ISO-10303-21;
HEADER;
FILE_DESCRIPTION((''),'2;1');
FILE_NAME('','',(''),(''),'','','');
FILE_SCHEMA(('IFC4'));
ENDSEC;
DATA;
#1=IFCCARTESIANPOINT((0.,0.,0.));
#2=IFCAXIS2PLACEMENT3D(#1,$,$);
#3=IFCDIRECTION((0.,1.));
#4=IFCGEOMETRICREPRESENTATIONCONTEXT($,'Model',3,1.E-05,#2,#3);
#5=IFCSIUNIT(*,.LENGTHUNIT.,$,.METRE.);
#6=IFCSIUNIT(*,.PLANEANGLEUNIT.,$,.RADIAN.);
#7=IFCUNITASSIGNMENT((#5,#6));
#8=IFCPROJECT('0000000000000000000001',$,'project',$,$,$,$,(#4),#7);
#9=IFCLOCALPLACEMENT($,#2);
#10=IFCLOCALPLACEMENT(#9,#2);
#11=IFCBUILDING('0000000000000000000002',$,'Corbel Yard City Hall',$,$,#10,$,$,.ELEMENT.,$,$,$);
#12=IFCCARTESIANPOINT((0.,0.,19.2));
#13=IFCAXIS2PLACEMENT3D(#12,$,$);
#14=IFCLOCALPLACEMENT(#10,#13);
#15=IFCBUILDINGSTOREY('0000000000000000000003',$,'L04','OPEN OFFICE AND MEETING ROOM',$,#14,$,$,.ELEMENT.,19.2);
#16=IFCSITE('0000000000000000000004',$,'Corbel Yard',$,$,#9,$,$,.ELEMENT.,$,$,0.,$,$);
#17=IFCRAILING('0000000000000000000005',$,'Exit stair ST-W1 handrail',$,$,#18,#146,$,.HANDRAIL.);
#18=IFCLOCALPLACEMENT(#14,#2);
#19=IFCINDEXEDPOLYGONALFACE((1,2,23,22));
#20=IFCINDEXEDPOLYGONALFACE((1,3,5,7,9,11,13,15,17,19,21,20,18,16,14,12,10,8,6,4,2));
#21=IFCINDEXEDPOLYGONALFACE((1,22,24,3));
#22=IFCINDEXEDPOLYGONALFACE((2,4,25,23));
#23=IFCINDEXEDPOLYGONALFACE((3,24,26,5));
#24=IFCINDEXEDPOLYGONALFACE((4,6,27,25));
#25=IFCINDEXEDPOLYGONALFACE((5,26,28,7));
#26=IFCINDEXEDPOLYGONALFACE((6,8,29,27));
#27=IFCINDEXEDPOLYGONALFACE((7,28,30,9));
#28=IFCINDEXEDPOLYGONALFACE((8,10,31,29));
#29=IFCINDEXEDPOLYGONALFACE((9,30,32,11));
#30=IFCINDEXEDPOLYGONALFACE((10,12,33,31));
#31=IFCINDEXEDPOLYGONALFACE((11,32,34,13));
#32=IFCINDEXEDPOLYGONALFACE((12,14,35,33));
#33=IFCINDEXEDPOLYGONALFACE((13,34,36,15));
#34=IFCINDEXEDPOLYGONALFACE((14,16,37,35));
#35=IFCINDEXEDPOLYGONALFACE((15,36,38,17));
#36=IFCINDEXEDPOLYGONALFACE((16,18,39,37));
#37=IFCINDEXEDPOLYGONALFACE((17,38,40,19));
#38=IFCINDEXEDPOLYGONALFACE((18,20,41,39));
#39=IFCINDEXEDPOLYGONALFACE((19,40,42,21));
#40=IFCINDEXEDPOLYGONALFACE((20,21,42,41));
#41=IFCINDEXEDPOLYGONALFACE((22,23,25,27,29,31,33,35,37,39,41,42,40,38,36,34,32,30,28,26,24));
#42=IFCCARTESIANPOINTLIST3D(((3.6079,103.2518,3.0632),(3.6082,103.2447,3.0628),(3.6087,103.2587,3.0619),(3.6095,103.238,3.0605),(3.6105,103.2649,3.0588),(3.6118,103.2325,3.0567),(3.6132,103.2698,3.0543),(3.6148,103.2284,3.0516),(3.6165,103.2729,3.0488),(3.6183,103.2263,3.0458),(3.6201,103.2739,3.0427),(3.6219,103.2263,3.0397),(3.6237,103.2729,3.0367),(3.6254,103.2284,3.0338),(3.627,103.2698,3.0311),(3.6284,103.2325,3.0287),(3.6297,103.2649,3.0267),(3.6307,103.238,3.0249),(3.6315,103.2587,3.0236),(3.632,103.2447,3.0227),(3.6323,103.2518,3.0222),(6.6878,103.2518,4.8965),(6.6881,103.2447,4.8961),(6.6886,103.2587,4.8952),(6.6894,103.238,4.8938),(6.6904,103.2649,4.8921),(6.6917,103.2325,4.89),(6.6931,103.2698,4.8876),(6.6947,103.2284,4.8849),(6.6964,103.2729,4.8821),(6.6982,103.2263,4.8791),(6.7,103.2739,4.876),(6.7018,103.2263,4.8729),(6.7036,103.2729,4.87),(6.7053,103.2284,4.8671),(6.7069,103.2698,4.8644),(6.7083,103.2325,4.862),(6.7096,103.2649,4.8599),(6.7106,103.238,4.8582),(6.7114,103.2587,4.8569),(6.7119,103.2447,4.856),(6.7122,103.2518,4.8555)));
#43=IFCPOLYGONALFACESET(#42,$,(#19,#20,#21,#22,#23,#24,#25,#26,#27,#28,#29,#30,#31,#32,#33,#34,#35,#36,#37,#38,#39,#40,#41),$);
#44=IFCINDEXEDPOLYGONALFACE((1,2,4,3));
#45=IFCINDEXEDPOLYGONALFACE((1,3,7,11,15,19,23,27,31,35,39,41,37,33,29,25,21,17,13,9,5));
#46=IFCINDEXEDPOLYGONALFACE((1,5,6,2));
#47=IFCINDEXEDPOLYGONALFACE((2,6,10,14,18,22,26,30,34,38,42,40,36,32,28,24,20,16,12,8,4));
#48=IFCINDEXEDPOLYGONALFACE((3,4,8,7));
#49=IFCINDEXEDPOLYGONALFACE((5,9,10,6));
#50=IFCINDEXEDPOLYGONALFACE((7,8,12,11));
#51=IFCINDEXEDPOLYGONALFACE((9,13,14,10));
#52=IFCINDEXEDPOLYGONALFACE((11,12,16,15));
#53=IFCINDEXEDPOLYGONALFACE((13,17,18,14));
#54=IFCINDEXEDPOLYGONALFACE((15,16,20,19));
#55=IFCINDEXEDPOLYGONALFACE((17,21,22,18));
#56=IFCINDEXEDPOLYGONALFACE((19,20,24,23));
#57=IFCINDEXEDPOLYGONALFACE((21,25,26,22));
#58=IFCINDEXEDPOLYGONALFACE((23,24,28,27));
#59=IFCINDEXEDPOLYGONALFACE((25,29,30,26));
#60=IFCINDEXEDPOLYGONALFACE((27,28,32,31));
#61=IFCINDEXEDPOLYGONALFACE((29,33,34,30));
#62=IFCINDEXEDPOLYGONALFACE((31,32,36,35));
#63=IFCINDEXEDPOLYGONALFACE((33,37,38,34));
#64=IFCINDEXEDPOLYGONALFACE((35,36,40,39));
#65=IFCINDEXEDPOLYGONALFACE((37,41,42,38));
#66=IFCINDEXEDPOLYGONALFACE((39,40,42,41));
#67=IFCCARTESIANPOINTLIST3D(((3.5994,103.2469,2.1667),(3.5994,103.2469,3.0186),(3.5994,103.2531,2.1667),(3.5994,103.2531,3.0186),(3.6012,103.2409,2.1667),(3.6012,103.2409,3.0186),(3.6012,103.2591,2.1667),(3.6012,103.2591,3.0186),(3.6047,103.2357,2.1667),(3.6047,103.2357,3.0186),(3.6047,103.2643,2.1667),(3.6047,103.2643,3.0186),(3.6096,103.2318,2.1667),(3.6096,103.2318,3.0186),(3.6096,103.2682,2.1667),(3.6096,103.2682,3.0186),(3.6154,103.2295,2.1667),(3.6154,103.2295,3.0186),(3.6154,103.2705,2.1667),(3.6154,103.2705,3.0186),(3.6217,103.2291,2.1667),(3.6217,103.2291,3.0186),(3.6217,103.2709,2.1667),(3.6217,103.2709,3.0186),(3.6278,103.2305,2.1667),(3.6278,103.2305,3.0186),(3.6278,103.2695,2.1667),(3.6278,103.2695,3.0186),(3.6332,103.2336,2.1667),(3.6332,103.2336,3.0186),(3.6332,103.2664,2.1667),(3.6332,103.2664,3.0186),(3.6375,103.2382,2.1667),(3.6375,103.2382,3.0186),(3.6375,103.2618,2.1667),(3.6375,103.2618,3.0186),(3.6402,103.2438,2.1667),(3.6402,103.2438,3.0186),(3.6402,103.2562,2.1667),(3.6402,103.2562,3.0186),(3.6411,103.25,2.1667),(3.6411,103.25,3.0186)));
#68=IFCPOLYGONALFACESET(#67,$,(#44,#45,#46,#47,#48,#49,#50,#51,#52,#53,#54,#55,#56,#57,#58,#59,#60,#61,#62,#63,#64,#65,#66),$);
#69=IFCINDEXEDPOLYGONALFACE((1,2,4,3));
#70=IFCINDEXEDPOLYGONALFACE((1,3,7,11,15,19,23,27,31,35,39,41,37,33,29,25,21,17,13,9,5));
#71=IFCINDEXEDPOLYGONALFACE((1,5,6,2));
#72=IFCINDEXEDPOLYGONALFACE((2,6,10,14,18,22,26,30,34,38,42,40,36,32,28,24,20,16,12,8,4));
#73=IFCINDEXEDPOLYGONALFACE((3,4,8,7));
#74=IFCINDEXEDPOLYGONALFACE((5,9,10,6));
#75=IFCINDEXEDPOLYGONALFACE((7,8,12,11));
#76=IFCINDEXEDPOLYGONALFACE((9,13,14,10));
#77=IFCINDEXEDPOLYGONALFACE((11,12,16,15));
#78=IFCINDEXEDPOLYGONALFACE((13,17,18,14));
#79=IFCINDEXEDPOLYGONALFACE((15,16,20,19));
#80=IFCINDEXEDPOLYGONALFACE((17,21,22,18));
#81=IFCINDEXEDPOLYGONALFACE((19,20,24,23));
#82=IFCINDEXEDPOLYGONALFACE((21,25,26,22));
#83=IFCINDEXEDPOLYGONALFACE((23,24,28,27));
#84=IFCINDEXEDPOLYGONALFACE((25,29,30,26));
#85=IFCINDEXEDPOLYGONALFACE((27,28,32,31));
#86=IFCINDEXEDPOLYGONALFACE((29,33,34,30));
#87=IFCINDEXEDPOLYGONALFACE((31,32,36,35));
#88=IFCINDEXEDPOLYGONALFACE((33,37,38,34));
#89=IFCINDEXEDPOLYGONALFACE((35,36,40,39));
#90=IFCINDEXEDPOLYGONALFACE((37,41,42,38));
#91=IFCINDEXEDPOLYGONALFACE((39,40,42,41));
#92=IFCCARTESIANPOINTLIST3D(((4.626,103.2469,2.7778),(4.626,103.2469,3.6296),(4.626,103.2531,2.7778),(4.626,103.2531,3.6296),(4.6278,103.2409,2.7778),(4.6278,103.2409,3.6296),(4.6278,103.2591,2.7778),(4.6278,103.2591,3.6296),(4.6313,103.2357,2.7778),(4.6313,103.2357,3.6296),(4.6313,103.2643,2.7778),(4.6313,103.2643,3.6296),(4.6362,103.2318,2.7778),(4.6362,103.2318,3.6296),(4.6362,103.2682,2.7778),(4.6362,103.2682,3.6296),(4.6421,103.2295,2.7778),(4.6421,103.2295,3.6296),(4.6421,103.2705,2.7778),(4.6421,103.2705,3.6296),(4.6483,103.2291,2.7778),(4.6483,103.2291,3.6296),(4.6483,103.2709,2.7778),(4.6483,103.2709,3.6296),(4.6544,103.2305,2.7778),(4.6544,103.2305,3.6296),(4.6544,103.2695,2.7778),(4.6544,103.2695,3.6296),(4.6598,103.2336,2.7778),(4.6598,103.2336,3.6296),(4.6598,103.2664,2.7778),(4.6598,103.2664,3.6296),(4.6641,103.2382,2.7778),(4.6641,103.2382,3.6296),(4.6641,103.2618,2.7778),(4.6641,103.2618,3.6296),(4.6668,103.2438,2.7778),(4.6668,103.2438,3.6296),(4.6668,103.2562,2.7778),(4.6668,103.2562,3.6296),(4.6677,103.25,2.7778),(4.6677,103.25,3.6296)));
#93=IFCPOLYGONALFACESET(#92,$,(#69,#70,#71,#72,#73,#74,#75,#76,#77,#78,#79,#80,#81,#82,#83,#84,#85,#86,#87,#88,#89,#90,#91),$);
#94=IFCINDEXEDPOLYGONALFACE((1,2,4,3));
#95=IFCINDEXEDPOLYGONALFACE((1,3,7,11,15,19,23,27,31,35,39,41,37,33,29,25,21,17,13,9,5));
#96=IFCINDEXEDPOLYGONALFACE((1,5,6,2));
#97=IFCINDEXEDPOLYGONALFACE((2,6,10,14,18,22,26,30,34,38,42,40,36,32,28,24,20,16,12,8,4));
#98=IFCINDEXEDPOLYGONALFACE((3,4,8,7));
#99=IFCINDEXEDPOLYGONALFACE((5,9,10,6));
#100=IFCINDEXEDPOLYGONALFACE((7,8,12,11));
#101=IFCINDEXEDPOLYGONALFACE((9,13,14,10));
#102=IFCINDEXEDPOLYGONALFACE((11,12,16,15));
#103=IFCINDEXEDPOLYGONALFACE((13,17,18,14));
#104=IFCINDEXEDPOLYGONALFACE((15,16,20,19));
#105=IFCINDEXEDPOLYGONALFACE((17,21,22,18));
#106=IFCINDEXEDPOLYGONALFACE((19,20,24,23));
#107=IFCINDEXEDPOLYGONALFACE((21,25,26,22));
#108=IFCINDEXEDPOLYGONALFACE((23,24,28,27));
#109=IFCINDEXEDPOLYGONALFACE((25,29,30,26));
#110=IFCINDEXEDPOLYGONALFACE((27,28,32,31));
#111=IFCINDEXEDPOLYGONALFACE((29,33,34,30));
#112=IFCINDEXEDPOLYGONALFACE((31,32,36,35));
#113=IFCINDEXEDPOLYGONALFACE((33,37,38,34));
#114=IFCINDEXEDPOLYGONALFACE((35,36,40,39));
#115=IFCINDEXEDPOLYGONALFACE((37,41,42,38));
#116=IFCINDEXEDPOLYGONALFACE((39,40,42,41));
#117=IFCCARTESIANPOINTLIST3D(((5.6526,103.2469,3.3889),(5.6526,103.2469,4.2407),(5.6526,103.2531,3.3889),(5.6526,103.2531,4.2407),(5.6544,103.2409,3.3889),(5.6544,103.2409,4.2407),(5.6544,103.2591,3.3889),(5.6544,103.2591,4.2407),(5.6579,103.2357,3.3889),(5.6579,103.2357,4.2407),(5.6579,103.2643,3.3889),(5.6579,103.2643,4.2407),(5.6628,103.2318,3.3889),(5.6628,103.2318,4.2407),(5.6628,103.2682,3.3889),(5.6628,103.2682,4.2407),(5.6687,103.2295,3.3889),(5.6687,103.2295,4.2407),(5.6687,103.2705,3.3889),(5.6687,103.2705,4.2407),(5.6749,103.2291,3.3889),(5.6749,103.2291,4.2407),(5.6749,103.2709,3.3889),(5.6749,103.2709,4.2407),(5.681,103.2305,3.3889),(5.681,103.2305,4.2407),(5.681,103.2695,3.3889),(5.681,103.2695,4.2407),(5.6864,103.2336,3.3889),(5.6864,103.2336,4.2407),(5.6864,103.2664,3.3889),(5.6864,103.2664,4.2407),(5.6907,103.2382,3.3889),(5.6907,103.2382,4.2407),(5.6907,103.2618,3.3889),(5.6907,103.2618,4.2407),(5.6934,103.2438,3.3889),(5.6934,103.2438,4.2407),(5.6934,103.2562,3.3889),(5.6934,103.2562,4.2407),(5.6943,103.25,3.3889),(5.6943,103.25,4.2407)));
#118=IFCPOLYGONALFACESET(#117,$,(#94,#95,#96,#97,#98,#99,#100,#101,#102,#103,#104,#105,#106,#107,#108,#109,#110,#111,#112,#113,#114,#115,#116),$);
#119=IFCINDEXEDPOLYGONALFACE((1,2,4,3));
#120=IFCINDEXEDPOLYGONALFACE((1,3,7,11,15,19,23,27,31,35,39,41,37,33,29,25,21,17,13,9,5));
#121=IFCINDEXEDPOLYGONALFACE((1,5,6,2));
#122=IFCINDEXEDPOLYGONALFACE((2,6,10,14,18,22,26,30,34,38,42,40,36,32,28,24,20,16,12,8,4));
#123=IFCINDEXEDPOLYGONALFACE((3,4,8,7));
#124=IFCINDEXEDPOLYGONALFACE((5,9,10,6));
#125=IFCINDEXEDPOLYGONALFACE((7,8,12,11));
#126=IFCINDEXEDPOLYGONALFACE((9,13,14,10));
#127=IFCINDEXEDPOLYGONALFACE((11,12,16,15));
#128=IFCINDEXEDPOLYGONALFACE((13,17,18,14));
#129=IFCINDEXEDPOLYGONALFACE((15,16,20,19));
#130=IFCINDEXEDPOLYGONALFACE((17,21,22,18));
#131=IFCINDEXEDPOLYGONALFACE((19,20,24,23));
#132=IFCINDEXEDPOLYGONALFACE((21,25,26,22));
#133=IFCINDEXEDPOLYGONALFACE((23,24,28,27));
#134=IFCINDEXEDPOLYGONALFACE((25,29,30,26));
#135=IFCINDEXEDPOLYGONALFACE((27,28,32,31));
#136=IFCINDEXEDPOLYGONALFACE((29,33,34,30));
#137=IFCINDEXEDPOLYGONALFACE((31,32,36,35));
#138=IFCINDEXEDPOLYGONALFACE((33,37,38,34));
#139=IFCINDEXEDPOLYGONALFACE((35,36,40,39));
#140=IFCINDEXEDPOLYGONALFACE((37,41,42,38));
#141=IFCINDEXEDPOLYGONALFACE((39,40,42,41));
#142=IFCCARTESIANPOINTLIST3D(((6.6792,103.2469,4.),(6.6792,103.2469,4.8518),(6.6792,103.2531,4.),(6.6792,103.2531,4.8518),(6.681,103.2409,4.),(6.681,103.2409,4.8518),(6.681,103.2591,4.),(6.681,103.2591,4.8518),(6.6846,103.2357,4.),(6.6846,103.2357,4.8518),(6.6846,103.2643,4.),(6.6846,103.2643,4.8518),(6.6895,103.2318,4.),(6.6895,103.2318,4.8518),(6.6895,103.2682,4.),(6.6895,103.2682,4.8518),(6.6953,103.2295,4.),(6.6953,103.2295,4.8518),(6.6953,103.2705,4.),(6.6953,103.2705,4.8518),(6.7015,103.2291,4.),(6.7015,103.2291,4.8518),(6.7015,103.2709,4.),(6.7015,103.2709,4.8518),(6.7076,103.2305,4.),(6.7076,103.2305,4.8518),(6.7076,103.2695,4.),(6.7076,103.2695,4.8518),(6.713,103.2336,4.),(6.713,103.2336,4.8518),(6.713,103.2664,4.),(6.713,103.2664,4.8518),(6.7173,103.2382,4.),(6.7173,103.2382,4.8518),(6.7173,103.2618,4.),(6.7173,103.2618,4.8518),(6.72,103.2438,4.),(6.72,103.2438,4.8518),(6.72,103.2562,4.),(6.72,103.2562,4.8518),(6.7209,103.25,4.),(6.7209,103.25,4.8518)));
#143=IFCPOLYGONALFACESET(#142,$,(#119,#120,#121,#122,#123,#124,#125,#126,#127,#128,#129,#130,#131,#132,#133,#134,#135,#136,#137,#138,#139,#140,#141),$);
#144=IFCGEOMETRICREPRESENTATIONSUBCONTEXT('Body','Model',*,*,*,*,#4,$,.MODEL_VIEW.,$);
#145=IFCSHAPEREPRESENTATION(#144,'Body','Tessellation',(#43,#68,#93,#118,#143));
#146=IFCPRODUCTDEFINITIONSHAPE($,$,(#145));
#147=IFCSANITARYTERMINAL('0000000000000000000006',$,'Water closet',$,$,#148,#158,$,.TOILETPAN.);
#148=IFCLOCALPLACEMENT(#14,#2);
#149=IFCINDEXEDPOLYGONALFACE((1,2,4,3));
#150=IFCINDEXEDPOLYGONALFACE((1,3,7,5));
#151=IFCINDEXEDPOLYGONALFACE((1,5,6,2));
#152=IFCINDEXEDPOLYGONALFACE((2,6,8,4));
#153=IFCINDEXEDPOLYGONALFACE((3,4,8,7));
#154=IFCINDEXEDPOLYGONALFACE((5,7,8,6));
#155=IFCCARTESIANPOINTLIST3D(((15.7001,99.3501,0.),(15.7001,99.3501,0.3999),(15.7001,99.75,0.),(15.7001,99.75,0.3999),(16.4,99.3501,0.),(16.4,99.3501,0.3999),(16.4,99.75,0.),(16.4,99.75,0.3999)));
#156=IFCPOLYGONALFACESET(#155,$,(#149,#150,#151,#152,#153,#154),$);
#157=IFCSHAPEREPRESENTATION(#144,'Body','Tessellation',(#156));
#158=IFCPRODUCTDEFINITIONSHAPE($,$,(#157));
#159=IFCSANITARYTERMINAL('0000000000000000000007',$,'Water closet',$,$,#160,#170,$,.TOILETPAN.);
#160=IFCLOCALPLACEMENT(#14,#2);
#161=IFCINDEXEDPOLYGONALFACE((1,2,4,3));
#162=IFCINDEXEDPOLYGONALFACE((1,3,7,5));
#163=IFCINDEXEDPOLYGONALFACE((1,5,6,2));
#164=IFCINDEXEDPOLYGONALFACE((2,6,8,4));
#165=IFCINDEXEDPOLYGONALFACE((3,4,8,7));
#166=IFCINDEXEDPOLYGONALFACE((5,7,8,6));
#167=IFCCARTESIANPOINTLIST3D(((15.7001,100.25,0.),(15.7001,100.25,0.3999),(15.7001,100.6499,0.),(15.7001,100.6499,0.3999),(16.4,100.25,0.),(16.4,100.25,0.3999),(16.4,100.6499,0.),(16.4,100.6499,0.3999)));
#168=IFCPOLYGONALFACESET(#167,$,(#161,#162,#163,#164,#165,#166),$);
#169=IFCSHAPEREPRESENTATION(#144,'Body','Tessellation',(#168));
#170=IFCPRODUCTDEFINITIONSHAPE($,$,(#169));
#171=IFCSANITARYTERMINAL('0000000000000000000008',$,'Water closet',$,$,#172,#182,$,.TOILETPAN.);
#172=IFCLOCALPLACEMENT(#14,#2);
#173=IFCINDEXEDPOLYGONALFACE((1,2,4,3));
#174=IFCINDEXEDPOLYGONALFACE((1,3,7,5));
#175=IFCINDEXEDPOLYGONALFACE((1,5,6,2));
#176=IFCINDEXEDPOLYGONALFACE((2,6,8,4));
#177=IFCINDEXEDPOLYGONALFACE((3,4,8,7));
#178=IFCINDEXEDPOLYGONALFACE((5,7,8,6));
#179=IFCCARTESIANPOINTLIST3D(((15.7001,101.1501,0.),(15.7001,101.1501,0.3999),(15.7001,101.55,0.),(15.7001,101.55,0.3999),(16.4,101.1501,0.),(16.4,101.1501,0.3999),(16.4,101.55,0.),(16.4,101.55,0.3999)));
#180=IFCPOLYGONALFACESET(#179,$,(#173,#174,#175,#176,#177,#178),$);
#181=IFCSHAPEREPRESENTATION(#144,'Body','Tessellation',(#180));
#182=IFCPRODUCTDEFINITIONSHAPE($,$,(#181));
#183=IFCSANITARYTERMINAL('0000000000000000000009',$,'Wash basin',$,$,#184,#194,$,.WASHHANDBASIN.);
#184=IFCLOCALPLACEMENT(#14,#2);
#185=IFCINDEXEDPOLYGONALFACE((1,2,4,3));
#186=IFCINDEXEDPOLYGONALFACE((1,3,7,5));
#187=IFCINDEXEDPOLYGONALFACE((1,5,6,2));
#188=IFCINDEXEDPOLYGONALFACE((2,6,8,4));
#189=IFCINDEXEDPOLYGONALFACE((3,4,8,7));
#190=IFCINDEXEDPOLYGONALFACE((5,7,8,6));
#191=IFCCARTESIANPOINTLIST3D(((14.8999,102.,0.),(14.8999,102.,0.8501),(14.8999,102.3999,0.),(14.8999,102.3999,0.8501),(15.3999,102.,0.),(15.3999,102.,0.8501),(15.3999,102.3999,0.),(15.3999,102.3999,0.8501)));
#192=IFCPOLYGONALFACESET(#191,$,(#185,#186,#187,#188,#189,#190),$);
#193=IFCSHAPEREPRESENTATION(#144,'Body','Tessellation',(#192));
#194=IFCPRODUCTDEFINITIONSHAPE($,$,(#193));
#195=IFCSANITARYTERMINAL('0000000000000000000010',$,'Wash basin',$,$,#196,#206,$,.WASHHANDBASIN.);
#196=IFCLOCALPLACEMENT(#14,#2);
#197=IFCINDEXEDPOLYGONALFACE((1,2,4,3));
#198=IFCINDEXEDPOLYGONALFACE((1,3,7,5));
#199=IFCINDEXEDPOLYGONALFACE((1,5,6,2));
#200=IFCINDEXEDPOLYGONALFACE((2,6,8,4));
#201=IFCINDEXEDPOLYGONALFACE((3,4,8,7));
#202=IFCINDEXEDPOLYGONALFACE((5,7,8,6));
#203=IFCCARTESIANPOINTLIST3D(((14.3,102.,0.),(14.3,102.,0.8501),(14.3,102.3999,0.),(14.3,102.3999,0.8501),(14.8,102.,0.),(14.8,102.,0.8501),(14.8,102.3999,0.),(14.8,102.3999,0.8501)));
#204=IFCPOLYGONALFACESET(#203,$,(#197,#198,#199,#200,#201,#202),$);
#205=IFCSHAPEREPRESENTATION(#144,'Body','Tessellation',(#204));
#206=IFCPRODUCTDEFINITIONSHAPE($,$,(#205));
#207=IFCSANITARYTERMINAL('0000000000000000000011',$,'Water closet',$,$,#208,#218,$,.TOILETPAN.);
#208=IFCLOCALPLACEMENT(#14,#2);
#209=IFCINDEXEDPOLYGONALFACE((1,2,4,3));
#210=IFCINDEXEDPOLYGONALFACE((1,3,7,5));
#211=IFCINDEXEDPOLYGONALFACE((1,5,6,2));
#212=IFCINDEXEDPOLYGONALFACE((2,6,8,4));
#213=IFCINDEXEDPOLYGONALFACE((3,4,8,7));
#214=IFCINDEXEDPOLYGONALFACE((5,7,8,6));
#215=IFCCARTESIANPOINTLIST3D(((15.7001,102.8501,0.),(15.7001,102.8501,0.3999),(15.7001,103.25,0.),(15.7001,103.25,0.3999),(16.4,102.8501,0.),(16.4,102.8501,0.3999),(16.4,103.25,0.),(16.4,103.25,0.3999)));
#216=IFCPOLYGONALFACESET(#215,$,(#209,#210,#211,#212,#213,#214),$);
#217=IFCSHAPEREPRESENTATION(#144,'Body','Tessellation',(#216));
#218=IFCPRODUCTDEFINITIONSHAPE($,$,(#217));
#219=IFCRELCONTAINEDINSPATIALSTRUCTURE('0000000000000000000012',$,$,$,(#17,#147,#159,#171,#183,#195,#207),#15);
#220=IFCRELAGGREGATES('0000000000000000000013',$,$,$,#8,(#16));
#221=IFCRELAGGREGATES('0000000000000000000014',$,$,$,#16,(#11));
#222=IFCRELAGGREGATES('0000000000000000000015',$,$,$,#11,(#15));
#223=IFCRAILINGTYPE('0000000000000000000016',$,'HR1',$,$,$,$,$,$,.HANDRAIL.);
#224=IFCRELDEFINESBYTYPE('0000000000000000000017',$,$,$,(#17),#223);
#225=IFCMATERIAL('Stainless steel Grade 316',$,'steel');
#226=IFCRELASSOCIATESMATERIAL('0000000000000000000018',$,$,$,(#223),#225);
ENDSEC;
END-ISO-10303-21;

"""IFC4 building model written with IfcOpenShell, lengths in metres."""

from ifc_helpers import new_model, si_unit, direction, frame, origin, origin_2d, place, context, subcontext, project, spatial, rectangle, circle, extrude, material, type_object, element, save


model = new_model("IFC4")

# Units and contexts
model_context = context("Model", 3, precision=1e-05, world=origin(), true_north=direction((0.0, 1.0)))
body_context = subcontext(model_context, "Body", "Model", "MODEL_VIEW")
ifc_project = project(units=[si_unit("LENGTHUNIT", "METRE"), si_unit("PLANEANGLEUNIT", "RADIAN")], contexts=[model_context])

# Site, building, storey
site_placement = place(None, origin())
site = spatial("IfcSite", under=ifc_project, at=site_placement, Name="Corbel Yard", CompositionType="ELEMENT", RefElevation=0.0)
building_placement = place(site_placement, origin())
building = spatial("IfcBuilding", under=site, at=building_placement, Name="Corbel Yard City Hall", CompositionType="ELEMENT")
storey_placement = place(building_placement, frame((0.0, 0.0, 19.2)))
storey = spatial("IfcBuildingStorey", under=building, at=storey_placement, Name="L04", Description="OPEN OFFICE AND MEETING ROOM", CompositionType="ELEMENT", Elevation=19.2)

# Railing
ifc_material_1 = material(Name="Stainless steel Grade 316", Category="steel")
railing_type = type_object("IfcRailingType", Name="HR1", PredefinedType="HANDRAIL", material=ifc_material_1)
for number, where, name in (
    (1, (3.6201, 103.25, 2.1667), "Exit stair ST-W1 handrail"),
):
    element("IfcRailing", number, at=place(storey_placement, frame(where)), inside=storey, type_object=railing_type, Name=name, PredefinedType="HANDRAIL", context=body_context, shape_type="SweptSolid", body=[
        extrude(circle(Radius=0.0239, at=origin_2d()), frame((0.0, 0.0, 0.876), z_axis=(0.859291, 0.0, 0.511487), x_axis=(0.0, 1.0, 0.0)), (0.0, 0.0, 1.0), 3.5842),
        extrude(circle(Radius=0.021, at=origin_2d()), origin(), (0.0, 0.0, 1.0), 0.8518),
        extrude(circle(Radius=0.021, at=origin_2d()), frame((1.0266, 0.0, 0.6111)), (0.0, 0.0, 1.0), 0.8518),
        extrude(circle(Radius=0.021, at=origin_2d()), frame((2.0532, 0.0, 1.2222)), (0.0, 0.0, 1.0), 0.8518),
        extrude(circle(Radius=0.021, at=origin_2d()), frame((3.0798, 0.0, 1.8333)), (0.0, 0.0, 1.0), 0.8518),
    ])

# Sanitary terminals
for number, where, z_axis, x_axis, name in (
    (2, (16.05, 99.55, 0.0), (0.0, 0.0, 1.0), (1.0, 0.0, 0.0), "Water closet"),
    (3, (16.05, 100.45, 0.0), (0.0, 0.0, 1.0), (1.0, 0.0, 0.0), "Water closet"),
    (4, (16.05, 101.3501, 0.0), (0.0, 0.0, 1.0), (1.0, 0.0, 0.0), "Water closet"),
):
    element("IfcSanitaryTerminal", number, at=place(storey_placement, frame(where, z_axis=z_axis, x_axis=x_axis)), inside=storey, Name=name, PredefinedType="TOILETPAN", context=body_context, shape_type="SweptSolid", body=[
        extrude(rectangle(XDim=0.7, YDim=0.3999, at=origin_2d()), origin(), (0.0, 0.0, 1.0), 0.3999),
    ])
for number, where, z_axis, x_axis, name in (
    (5, (15.1499, 102.2, 0.0), (0.0, 0.0, 1.0), (1.0, 0.0, 0.0), "Wash basin"),
    (6, (14.55, 102.2, 0.0), (0.0, 0.0, 1.0), (1.0, 0.0, 0.0), "Wash basin"),
):
    element("IfcSanitaryTerminal", number, at=place(storey_placement, frame(where, z_axis=z_axis, x_axis=x_axis)), inside=storey, Name=name, PredefinedType="WASHHANDBASIN", context=body_context, shape_type="SweptSolid", body=[
        extrude(rectangle(XDim=0.5, YDim=0.3999, at=origin_2d()), origin(), (0.0, 0.0, 1.0), 0.8501),
    ])
sanitary_terminal_placement = place(storey_placement, frame((16.05, 103.05, 0.0), z_axis=(0.0, 0.0, 1.0), x_axis=(1.0, 0.0, 0.0)))
element("IfcSanitaryTerminal", 7, at=sanitary_terminal_placement, inside=storey, Name="Water closet", PredefinedType="TOILETPAN", context=body_context, shape_type="SweptSolid", body=[
    extrude(rectangle(XDim=0.7, YDim=0.3999, at=origin_2d()), origin(), (0.0, 0.0, 1.0), 0.3999),
])

save(model, "model.ifc")
